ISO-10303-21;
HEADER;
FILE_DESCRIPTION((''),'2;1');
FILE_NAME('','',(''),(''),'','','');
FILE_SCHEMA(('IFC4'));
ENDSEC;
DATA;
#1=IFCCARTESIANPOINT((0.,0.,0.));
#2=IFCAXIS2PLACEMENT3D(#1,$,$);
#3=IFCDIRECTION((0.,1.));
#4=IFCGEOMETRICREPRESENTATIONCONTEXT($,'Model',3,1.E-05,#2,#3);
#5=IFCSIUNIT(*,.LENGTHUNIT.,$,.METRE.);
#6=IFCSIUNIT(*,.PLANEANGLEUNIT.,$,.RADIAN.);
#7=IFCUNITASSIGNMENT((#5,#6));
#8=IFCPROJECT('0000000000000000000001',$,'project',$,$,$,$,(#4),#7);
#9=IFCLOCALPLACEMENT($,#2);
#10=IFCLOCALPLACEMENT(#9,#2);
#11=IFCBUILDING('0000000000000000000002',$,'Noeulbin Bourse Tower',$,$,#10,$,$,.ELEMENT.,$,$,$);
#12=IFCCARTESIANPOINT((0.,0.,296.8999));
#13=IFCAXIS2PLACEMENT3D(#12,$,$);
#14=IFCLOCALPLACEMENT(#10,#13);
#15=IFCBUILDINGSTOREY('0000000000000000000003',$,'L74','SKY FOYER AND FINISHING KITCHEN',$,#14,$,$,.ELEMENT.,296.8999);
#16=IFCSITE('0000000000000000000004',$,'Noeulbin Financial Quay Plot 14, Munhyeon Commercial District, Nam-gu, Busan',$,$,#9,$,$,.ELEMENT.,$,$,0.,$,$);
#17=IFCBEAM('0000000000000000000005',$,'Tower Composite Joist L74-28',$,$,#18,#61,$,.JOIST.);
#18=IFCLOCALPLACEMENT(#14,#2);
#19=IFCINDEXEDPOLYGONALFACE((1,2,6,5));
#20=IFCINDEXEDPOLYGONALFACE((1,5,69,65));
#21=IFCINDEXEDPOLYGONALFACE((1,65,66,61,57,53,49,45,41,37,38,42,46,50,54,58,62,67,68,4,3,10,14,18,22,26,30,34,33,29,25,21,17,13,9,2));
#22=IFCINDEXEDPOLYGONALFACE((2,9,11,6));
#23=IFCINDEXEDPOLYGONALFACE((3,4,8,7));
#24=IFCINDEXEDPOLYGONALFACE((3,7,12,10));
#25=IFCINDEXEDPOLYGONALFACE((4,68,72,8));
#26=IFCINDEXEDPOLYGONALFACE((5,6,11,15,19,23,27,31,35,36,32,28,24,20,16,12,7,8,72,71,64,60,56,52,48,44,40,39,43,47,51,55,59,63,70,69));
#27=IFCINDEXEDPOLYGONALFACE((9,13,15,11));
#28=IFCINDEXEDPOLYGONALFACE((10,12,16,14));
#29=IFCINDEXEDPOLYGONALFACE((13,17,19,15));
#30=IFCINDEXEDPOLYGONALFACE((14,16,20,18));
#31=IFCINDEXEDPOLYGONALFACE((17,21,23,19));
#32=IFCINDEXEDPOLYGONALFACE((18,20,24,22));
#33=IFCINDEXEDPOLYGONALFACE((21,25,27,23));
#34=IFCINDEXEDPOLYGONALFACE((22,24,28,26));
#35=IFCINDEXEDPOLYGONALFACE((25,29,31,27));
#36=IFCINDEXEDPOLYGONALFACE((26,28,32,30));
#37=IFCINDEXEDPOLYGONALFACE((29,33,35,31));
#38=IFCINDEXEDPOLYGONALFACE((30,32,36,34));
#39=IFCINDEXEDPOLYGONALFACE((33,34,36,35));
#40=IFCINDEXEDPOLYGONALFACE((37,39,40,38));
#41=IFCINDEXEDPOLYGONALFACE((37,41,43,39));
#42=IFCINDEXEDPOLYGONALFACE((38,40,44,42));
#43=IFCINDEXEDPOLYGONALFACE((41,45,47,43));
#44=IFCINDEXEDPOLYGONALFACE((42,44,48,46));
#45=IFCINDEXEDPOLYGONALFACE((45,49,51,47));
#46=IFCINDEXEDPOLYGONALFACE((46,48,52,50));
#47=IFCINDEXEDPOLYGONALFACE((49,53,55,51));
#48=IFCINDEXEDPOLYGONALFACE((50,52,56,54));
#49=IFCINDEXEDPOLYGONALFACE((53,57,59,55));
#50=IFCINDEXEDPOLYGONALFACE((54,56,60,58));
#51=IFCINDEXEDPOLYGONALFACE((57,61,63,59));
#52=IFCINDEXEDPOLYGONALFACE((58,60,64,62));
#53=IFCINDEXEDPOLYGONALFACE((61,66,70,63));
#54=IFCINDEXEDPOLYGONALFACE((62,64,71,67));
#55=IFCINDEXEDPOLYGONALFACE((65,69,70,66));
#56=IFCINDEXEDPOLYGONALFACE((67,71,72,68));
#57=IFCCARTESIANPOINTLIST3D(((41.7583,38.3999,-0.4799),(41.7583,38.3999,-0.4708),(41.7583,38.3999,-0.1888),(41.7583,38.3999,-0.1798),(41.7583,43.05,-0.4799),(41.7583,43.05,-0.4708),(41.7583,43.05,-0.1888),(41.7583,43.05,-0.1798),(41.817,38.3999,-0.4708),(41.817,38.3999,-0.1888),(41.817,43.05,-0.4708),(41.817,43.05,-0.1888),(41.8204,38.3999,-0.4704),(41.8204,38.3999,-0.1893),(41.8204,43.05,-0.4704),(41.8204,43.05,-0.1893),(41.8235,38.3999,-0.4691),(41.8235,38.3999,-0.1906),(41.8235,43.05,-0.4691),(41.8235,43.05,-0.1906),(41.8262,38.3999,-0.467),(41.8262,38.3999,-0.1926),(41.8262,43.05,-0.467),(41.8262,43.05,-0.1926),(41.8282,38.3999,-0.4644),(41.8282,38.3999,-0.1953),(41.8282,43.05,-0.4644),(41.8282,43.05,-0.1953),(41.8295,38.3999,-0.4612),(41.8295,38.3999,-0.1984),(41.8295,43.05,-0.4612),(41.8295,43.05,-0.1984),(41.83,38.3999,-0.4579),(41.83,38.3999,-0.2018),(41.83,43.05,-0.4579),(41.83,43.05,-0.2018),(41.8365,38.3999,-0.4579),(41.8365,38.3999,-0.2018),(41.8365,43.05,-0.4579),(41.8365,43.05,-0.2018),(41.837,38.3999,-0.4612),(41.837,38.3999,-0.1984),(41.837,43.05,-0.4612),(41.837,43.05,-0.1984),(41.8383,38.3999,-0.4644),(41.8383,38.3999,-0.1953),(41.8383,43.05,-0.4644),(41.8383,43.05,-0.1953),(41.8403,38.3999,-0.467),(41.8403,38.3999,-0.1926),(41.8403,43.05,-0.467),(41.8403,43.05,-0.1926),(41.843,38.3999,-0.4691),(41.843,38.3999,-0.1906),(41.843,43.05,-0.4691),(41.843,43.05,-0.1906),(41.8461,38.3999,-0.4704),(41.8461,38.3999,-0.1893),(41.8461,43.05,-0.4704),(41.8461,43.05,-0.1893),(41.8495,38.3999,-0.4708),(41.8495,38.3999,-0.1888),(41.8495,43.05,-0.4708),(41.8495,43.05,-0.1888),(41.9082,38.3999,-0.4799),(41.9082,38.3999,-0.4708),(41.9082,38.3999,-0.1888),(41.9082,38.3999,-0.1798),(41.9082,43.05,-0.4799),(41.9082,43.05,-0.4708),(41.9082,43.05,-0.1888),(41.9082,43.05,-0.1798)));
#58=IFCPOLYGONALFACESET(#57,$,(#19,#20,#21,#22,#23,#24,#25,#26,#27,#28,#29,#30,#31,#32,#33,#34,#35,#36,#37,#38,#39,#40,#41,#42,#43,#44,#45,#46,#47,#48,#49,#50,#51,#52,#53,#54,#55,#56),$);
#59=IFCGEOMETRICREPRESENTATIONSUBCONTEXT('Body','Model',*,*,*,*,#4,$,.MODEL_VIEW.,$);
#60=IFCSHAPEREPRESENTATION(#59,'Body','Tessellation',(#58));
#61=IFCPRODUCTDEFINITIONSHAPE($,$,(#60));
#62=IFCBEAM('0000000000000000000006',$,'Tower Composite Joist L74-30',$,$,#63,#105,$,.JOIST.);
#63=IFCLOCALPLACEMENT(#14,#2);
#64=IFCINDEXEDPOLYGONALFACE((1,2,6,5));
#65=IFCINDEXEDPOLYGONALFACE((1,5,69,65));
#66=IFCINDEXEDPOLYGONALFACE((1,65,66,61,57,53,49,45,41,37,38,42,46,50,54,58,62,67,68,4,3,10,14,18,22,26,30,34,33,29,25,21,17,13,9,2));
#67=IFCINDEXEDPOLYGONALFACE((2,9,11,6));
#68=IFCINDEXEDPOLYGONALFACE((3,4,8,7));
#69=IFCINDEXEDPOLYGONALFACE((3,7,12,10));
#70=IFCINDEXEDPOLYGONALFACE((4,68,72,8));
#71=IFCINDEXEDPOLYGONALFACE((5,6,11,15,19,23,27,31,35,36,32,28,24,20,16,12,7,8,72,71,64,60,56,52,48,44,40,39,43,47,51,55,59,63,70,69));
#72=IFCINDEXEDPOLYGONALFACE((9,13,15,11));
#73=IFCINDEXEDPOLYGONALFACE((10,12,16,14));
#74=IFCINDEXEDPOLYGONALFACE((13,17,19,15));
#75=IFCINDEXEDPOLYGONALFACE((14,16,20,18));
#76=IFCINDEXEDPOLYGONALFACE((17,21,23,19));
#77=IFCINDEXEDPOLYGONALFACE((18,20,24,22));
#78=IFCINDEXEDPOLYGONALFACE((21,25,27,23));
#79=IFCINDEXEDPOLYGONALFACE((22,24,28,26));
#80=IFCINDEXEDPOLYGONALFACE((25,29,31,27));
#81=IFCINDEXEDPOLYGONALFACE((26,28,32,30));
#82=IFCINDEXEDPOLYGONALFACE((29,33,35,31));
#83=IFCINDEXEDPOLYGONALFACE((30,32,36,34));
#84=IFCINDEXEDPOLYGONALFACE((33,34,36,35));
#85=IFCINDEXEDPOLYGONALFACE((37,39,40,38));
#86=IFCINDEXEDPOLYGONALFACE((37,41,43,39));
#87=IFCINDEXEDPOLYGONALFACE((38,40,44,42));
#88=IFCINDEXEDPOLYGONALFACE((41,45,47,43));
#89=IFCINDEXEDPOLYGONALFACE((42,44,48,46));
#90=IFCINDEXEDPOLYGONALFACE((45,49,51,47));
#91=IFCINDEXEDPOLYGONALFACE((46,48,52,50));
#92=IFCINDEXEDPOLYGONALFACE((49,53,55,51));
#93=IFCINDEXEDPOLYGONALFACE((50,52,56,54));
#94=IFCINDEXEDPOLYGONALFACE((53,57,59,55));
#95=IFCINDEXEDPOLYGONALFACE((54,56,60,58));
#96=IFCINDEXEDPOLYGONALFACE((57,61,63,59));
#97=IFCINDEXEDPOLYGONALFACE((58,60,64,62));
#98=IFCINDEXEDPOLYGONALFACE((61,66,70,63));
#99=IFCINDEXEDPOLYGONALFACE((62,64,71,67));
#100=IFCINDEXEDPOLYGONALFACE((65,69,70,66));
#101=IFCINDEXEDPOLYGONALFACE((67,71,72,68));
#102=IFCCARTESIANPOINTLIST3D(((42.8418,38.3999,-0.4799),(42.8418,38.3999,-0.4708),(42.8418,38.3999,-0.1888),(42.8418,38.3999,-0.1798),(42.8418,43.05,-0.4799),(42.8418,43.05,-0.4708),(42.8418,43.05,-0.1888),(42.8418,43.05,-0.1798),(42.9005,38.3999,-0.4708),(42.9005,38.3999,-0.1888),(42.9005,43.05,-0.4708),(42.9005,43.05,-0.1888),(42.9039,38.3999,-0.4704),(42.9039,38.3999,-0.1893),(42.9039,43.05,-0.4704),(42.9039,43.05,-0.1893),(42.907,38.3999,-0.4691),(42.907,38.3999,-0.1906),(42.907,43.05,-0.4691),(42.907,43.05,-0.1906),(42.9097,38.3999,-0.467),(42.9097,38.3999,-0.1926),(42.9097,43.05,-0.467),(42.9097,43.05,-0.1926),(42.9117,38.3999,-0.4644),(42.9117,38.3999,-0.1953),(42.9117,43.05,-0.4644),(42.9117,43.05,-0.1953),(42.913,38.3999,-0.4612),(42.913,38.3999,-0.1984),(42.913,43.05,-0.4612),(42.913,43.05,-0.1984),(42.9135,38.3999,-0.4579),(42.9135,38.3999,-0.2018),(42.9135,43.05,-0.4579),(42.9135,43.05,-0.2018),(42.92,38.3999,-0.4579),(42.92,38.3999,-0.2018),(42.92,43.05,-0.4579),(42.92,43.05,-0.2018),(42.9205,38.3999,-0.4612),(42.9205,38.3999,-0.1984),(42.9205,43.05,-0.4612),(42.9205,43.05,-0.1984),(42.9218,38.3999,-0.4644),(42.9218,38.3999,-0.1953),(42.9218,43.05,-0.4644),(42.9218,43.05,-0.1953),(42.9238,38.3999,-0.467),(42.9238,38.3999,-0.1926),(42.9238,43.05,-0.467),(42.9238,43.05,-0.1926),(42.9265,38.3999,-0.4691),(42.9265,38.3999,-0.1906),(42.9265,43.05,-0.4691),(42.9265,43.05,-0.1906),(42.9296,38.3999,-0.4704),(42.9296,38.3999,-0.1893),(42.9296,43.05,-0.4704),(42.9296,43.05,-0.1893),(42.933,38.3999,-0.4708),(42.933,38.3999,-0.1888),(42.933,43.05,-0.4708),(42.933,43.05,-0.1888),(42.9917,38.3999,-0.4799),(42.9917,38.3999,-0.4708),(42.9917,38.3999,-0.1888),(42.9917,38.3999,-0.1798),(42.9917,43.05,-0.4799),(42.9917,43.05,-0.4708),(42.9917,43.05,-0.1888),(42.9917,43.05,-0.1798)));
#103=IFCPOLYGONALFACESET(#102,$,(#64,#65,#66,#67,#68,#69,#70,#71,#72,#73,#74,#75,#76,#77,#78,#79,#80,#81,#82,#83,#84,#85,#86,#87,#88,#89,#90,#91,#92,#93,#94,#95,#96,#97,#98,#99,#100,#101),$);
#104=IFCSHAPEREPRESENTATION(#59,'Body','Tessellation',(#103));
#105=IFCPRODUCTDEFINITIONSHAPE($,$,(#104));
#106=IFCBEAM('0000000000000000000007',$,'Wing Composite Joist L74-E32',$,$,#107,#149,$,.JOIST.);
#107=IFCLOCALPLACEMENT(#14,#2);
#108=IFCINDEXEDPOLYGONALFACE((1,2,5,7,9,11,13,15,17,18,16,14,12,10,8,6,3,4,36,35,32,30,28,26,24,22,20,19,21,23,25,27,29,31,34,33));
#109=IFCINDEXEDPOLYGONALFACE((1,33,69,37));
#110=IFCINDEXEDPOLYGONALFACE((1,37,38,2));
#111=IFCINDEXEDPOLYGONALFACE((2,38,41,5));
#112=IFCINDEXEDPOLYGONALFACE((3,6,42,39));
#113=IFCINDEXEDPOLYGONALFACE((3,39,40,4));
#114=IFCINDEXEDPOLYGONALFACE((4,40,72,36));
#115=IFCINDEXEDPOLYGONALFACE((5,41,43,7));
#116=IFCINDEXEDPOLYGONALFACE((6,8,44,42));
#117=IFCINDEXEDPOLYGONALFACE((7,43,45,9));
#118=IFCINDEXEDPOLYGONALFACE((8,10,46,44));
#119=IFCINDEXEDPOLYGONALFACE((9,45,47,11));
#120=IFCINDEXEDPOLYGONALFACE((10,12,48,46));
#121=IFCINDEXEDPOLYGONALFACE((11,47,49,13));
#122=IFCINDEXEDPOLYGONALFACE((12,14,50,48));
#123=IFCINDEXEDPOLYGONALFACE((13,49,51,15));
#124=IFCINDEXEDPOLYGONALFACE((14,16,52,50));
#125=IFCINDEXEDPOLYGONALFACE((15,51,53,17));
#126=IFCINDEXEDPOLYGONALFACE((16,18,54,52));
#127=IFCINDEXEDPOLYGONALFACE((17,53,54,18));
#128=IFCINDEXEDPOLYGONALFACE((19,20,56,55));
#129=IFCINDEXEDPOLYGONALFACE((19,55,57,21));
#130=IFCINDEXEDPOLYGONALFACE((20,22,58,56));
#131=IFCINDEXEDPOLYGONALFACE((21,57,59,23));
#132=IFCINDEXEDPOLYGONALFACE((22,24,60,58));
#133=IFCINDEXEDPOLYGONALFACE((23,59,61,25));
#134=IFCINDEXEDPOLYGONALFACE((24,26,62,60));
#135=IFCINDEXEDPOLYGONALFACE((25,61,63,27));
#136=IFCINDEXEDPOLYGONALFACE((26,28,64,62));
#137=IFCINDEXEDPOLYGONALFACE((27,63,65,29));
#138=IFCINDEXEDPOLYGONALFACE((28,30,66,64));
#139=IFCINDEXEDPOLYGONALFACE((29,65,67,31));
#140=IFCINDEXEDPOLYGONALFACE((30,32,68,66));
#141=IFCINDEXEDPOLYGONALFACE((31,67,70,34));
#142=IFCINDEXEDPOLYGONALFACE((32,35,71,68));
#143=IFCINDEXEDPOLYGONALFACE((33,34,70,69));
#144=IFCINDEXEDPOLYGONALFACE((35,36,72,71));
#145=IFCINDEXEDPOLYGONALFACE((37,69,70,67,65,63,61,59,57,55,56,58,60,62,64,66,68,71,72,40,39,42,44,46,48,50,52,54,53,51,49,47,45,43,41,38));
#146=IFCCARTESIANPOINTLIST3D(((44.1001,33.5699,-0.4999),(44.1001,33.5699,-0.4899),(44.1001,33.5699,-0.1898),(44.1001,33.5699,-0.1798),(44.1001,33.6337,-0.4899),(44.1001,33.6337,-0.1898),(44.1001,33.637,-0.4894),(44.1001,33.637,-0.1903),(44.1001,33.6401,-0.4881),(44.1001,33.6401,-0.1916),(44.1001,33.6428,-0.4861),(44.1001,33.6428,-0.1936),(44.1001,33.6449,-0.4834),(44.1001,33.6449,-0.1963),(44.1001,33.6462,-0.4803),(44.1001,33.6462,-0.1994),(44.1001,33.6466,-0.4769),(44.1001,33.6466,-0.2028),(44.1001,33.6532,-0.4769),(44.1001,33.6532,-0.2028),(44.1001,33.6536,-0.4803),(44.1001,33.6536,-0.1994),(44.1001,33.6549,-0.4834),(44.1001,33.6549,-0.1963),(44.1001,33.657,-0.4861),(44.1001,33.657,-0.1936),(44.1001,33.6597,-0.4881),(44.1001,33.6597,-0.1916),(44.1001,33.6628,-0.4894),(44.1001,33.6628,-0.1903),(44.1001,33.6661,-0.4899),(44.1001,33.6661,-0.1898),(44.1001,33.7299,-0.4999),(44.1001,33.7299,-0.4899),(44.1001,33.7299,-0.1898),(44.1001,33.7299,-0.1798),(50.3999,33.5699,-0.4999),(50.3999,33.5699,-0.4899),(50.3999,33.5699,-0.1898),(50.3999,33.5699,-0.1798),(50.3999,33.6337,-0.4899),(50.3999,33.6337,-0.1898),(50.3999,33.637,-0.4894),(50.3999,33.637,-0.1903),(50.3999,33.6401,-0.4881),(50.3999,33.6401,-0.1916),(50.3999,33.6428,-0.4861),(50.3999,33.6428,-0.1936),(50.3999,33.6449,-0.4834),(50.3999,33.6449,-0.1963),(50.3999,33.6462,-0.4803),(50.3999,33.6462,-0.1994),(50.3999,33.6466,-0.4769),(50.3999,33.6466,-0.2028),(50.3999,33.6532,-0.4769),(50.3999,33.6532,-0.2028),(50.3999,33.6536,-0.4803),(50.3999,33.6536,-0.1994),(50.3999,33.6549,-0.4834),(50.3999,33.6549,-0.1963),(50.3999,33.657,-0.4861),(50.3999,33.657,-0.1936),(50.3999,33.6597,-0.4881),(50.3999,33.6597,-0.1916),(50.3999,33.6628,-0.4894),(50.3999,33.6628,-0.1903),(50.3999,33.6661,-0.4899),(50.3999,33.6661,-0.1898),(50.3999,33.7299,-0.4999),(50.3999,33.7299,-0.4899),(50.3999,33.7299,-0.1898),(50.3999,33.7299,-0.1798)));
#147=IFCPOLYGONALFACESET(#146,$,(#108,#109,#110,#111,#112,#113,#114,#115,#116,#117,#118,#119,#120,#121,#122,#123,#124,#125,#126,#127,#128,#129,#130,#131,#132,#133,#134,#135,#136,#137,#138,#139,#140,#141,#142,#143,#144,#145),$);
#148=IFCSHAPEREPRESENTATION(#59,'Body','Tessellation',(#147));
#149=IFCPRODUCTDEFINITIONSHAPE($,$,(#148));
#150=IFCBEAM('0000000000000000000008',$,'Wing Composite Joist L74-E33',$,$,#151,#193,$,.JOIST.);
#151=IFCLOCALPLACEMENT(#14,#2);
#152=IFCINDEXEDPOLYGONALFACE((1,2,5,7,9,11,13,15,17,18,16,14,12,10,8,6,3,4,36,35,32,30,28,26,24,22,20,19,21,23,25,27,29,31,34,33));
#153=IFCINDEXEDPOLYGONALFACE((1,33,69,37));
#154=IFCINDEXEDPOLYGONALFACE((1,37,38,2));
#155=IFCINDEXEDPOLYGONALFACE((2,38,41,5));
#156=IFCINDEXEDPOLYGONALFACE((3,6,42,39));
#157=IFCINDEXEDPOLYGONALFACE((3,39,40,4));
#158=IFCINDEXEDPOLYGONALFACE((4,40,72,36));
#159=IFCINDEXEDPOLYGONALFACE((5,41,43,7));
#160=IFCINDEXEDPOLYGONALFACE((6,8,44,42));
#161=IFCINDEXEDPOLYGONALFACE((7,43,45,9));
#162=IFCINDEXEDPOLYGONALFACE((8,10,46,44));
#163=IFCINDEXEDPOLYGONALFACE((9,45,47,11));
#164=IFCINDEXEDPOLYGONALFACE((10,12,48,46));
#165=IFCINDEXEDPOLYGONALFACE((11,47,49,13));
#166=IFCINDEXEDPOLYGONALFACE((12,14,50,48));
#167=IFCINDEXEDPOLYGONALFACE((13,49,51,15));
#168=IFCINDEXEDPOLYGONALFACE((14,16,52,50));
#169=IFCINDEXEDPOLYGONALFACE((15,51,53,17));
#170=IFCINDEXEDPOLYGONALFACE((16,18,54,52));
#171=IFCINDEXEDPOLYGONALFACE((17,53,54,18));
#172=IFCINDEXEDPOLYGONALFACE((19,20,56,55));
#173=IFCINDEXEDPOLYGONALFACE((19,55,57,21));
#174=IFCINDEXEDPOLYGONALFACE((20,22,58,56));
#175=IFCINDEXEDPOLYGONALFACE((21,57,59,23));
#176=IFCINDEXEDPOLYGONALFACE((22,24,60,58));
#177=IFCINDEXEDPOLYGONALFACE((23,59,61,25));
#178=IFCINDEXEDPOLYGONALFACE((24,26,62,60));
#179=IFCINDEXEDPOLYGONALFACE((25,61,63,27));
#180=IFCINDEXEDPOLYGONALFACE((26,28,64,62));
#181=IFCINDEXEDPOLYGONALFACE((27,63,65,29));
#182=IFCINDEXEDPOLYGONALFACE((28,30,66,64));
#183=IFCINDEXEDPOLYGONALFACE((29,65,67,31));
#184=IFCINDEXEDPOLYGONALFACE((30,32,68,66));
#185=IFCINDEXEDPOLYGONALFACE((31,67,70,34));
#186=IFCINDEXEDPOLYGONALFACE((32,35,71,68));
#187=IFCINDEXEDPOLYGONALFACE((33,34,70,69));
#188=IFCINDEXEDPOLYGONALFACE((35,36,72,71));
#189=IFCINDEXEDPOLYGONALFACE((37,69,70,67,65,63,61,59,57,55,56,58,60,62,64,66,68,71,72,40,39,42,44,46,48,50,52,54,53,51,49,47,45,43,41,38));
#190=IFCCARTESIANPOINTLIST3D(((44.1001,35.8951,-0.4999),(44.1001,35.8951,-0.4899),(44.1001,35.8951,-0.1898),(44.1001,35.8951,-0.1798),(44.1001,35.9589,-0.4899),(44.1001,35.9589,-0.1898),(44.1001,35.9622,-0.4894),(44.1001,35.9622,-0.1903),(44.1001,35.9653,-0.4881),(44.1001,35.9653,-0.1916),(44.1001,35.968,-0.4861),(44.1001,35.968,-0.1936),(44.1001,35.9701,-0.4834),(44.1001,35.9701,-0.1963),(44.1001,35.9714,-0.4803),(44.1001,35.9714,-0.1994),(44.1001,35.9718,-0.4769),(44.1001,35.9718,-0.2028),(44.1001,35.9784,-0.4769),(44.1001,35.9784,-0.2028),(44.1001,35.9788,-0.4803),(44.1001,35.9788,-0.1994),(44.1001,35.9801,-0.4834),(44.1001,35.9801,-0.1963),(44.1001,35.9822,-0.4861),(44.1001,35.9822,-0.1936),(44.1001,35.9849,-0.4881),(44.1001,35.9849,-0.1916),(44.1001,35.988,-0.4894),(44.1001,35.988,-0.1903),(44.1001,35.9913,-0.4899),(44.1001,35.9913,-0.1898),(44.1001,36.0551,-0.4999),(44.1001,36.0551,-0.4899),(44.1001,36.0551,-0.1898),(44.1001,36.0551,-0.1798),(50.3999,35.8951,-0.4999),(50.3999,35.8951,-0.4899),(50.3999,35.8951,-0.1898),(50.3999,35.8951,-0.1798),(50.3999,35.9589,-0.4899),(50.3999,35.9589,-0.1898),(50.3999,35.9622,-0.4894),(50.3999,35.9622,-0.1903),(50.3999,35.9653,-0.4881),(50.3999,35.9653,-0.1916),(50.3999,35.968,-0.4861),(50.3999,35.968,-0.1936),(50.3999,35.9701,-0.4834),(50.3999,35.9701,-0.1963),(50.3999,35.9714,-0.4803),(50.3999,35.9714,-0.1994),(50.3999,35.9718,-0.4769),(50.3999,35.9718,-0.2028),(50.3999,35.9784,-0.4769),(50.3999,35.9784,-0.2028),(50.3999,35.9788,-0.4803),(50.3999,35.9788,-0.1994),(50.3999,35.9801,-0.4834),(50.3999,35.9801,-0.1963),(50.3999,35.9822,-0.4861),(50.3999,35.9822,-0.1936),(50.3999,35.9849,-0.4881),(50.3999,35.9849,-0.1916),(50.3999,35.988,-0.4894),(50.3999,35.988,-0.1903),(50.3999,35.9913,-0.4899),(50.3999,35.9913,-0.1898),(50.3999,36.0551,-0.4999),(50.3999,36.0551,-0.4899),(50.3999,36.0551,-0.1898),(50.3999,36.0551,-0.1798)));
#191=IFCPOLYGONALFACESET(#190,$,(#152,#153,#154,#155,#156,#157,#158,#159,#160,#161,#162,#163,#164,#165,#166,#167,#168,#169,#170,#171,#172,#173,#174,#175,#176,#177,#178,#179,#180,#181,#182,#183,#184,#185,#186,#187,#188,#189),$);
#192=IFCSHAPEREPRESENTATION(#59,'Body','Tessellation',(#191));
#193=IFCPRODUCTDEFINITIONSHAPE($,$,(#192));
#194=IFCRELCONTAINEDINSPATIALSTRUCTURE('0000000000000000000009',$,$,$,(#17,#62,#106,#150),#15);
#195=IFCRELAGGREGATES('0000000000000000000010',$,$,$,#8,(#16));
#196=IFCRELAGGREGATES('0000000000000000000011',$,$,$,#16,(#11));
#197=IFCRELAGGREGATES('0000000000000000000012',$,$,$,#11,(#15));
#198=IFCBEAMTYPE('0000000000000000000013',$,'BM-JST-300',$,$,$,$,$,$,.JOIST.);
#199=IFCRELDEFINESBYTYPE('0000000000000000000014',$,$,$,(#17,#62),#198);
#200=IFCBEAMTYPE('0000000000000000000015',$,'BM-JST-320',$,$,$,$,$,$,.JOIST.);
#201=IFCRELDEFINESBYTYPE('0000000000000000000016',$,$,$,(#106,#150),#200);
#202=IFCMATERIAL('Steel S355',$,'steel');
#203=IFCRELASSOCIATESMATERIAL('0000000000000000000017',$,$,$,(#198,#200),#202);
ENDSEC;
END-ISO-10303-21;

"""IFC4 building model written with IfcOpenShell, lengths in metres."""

from ifc_helpers import new_model, si_unit, direction, frame, origin, origin_2d, place, context, subcontext, project, spatial, i_section, extrude, material, material_profile, profile_set, type_object, element, save


model = new_model("IFC4")

# Units and contexts
model_context = context("Model", 3, precision=1e-05, world=origin(), true_north=direction((0.0, 1.0)))
body_context = subcontext(model_context, "Body", "Model", "MODEL_VIEW")
ifc_project = project(units=[si_unit("LENGTHUNIT", "METRE"), si_unit("PLANEANGLEUNIT", "RADIAN")], contexts=[model_context])

# Site, building, storey
site_placement = place(None, origin())
site = spatial("IfcSite", under=ifc_project, at=site_placement, Name="Noeulbin Financial Quay Plot 14, Munhyeon Commercial District, Nam-gu, Busan", CompositionType="ELEMENT", RefElevation=0.0)
building_placement = place(site_placement, origin())
building = spatial("IfcBuilding", under=site, at=building_placement, Name="Noeulbin Bourse Tower", CompositionType="ELEMENT")
storey_placement = place(building_placement, frame((0.0, 0.0, 296.8999)))
storey = spatial("IfcBuildingStorey", under=building, at=storey_placement, Name="L74", Description="SKY FOYER AND FINISHING KITCHEN", CompositionType="ELEMENT", Elevation=296.8999)

# Shared definitions
ifc_material_1 = material(Name="Steel S355", Category="steel")

# Beams
ifc_material_profile_1 = material_profile(ifc_material_1, i_section(OverallWidth=0.1499, OverallDepth=0.3, WebThickness=0.0066, FlangeThickness=0.009, FilletRadius=0.0129, at=origin_2d()), Name="H-300x150x6.5x9", Category="LoadBearing")
ifc_profile_set_1 = profile_set([ifc_material_profile_1], Name="Steel S355")
beam_type_1 = type_object("IfcBeamType", Name="BM-JST-300", PredefinedType="JOIST", material=ifc_profile_set_1)
for number, where, z_axis, x_axis, name in (
    (1, (41.8333, 38.3999, -0.3298), (0.0, 1.0, 0.0), (-1.0, 0.0, 0.0), "Tower Composite Joist L74-28"),
    (2, (42.9167, 38.3999, -0.3298), (0.0, 1.0, 0.0), (-1.0, 0.0, 0.0), "Tower Composite Joist L74-30"),
):
    element("IfcBeam", number, at=place(storey_placement, frame(where, z_axis=z_axis, x_axis=x_axis)), inside=storey, type_object=beam_type_1, Name=name, PredefinedType="JOIST", context=body_context, shape_type="SweptSolid", body=[
        extrude(i_section(OverallWidth=0.1499, OverallDepth=0.3, WebThickness=0.0066, FlangeThickness=0.009, FilletRadius=0.0129, at=origin_2d()), origin(), (0.0, 0.0, 1.0), 4.6501),
    ])
ifc_material_profile_2 = material_profile(ifc_material_1, i_section(OverallWidth=0.1599, OverallDepth=0.3201, WebThickness=0.0066, FlangeThickness=0.01, FilletRadius=0.0129, at=origin_2d()), Name="H-320x160x6.5x10", Category="LoadBearing")
ifc_profile_set_2 = profile_set([ifc_material_profile_2], Name="Steel S355")
beam_type_2 = type_object("IfcBeamType", Name="BM-JST-320", PredefinedType="JOIST", material=ifc_profile_set_2)
for number, where, z_axis, x_axis, name in (
    (3, (44.1001, 33.6499, -0.3398), (1.0, 0.0, 0.0), (0.0, 1.0, 0.0), "Wing Composite Joist L74-E32"),
    (4, (44.1001, 35.9751, -0.3398), (1.0, 0.0, 0.0), (0.0, 1.0, 0.0), "Wing Composite Joist L74-E33"),
):
    element("IfcBeam", number, at=place(storey_placement, frame(where, z_axis=z_axis, x_axis=x_axis)), inside=storey, type_object=beam_type_2, Name=name, PredefinedType="JOIST", context=body_context, shape_type="SweptSolid", body=[
        extrude(i_section(OverallWidth=0.1599, OverallDepth=0.3201, WebThickness=0.0066, FlangeThickness=0.01, FilletRadius=0.0129, at=origin_2d()), origin(), (0.0, 0.0, 1.0), 6.2998),
    ])

save(model, "model.ifc")
